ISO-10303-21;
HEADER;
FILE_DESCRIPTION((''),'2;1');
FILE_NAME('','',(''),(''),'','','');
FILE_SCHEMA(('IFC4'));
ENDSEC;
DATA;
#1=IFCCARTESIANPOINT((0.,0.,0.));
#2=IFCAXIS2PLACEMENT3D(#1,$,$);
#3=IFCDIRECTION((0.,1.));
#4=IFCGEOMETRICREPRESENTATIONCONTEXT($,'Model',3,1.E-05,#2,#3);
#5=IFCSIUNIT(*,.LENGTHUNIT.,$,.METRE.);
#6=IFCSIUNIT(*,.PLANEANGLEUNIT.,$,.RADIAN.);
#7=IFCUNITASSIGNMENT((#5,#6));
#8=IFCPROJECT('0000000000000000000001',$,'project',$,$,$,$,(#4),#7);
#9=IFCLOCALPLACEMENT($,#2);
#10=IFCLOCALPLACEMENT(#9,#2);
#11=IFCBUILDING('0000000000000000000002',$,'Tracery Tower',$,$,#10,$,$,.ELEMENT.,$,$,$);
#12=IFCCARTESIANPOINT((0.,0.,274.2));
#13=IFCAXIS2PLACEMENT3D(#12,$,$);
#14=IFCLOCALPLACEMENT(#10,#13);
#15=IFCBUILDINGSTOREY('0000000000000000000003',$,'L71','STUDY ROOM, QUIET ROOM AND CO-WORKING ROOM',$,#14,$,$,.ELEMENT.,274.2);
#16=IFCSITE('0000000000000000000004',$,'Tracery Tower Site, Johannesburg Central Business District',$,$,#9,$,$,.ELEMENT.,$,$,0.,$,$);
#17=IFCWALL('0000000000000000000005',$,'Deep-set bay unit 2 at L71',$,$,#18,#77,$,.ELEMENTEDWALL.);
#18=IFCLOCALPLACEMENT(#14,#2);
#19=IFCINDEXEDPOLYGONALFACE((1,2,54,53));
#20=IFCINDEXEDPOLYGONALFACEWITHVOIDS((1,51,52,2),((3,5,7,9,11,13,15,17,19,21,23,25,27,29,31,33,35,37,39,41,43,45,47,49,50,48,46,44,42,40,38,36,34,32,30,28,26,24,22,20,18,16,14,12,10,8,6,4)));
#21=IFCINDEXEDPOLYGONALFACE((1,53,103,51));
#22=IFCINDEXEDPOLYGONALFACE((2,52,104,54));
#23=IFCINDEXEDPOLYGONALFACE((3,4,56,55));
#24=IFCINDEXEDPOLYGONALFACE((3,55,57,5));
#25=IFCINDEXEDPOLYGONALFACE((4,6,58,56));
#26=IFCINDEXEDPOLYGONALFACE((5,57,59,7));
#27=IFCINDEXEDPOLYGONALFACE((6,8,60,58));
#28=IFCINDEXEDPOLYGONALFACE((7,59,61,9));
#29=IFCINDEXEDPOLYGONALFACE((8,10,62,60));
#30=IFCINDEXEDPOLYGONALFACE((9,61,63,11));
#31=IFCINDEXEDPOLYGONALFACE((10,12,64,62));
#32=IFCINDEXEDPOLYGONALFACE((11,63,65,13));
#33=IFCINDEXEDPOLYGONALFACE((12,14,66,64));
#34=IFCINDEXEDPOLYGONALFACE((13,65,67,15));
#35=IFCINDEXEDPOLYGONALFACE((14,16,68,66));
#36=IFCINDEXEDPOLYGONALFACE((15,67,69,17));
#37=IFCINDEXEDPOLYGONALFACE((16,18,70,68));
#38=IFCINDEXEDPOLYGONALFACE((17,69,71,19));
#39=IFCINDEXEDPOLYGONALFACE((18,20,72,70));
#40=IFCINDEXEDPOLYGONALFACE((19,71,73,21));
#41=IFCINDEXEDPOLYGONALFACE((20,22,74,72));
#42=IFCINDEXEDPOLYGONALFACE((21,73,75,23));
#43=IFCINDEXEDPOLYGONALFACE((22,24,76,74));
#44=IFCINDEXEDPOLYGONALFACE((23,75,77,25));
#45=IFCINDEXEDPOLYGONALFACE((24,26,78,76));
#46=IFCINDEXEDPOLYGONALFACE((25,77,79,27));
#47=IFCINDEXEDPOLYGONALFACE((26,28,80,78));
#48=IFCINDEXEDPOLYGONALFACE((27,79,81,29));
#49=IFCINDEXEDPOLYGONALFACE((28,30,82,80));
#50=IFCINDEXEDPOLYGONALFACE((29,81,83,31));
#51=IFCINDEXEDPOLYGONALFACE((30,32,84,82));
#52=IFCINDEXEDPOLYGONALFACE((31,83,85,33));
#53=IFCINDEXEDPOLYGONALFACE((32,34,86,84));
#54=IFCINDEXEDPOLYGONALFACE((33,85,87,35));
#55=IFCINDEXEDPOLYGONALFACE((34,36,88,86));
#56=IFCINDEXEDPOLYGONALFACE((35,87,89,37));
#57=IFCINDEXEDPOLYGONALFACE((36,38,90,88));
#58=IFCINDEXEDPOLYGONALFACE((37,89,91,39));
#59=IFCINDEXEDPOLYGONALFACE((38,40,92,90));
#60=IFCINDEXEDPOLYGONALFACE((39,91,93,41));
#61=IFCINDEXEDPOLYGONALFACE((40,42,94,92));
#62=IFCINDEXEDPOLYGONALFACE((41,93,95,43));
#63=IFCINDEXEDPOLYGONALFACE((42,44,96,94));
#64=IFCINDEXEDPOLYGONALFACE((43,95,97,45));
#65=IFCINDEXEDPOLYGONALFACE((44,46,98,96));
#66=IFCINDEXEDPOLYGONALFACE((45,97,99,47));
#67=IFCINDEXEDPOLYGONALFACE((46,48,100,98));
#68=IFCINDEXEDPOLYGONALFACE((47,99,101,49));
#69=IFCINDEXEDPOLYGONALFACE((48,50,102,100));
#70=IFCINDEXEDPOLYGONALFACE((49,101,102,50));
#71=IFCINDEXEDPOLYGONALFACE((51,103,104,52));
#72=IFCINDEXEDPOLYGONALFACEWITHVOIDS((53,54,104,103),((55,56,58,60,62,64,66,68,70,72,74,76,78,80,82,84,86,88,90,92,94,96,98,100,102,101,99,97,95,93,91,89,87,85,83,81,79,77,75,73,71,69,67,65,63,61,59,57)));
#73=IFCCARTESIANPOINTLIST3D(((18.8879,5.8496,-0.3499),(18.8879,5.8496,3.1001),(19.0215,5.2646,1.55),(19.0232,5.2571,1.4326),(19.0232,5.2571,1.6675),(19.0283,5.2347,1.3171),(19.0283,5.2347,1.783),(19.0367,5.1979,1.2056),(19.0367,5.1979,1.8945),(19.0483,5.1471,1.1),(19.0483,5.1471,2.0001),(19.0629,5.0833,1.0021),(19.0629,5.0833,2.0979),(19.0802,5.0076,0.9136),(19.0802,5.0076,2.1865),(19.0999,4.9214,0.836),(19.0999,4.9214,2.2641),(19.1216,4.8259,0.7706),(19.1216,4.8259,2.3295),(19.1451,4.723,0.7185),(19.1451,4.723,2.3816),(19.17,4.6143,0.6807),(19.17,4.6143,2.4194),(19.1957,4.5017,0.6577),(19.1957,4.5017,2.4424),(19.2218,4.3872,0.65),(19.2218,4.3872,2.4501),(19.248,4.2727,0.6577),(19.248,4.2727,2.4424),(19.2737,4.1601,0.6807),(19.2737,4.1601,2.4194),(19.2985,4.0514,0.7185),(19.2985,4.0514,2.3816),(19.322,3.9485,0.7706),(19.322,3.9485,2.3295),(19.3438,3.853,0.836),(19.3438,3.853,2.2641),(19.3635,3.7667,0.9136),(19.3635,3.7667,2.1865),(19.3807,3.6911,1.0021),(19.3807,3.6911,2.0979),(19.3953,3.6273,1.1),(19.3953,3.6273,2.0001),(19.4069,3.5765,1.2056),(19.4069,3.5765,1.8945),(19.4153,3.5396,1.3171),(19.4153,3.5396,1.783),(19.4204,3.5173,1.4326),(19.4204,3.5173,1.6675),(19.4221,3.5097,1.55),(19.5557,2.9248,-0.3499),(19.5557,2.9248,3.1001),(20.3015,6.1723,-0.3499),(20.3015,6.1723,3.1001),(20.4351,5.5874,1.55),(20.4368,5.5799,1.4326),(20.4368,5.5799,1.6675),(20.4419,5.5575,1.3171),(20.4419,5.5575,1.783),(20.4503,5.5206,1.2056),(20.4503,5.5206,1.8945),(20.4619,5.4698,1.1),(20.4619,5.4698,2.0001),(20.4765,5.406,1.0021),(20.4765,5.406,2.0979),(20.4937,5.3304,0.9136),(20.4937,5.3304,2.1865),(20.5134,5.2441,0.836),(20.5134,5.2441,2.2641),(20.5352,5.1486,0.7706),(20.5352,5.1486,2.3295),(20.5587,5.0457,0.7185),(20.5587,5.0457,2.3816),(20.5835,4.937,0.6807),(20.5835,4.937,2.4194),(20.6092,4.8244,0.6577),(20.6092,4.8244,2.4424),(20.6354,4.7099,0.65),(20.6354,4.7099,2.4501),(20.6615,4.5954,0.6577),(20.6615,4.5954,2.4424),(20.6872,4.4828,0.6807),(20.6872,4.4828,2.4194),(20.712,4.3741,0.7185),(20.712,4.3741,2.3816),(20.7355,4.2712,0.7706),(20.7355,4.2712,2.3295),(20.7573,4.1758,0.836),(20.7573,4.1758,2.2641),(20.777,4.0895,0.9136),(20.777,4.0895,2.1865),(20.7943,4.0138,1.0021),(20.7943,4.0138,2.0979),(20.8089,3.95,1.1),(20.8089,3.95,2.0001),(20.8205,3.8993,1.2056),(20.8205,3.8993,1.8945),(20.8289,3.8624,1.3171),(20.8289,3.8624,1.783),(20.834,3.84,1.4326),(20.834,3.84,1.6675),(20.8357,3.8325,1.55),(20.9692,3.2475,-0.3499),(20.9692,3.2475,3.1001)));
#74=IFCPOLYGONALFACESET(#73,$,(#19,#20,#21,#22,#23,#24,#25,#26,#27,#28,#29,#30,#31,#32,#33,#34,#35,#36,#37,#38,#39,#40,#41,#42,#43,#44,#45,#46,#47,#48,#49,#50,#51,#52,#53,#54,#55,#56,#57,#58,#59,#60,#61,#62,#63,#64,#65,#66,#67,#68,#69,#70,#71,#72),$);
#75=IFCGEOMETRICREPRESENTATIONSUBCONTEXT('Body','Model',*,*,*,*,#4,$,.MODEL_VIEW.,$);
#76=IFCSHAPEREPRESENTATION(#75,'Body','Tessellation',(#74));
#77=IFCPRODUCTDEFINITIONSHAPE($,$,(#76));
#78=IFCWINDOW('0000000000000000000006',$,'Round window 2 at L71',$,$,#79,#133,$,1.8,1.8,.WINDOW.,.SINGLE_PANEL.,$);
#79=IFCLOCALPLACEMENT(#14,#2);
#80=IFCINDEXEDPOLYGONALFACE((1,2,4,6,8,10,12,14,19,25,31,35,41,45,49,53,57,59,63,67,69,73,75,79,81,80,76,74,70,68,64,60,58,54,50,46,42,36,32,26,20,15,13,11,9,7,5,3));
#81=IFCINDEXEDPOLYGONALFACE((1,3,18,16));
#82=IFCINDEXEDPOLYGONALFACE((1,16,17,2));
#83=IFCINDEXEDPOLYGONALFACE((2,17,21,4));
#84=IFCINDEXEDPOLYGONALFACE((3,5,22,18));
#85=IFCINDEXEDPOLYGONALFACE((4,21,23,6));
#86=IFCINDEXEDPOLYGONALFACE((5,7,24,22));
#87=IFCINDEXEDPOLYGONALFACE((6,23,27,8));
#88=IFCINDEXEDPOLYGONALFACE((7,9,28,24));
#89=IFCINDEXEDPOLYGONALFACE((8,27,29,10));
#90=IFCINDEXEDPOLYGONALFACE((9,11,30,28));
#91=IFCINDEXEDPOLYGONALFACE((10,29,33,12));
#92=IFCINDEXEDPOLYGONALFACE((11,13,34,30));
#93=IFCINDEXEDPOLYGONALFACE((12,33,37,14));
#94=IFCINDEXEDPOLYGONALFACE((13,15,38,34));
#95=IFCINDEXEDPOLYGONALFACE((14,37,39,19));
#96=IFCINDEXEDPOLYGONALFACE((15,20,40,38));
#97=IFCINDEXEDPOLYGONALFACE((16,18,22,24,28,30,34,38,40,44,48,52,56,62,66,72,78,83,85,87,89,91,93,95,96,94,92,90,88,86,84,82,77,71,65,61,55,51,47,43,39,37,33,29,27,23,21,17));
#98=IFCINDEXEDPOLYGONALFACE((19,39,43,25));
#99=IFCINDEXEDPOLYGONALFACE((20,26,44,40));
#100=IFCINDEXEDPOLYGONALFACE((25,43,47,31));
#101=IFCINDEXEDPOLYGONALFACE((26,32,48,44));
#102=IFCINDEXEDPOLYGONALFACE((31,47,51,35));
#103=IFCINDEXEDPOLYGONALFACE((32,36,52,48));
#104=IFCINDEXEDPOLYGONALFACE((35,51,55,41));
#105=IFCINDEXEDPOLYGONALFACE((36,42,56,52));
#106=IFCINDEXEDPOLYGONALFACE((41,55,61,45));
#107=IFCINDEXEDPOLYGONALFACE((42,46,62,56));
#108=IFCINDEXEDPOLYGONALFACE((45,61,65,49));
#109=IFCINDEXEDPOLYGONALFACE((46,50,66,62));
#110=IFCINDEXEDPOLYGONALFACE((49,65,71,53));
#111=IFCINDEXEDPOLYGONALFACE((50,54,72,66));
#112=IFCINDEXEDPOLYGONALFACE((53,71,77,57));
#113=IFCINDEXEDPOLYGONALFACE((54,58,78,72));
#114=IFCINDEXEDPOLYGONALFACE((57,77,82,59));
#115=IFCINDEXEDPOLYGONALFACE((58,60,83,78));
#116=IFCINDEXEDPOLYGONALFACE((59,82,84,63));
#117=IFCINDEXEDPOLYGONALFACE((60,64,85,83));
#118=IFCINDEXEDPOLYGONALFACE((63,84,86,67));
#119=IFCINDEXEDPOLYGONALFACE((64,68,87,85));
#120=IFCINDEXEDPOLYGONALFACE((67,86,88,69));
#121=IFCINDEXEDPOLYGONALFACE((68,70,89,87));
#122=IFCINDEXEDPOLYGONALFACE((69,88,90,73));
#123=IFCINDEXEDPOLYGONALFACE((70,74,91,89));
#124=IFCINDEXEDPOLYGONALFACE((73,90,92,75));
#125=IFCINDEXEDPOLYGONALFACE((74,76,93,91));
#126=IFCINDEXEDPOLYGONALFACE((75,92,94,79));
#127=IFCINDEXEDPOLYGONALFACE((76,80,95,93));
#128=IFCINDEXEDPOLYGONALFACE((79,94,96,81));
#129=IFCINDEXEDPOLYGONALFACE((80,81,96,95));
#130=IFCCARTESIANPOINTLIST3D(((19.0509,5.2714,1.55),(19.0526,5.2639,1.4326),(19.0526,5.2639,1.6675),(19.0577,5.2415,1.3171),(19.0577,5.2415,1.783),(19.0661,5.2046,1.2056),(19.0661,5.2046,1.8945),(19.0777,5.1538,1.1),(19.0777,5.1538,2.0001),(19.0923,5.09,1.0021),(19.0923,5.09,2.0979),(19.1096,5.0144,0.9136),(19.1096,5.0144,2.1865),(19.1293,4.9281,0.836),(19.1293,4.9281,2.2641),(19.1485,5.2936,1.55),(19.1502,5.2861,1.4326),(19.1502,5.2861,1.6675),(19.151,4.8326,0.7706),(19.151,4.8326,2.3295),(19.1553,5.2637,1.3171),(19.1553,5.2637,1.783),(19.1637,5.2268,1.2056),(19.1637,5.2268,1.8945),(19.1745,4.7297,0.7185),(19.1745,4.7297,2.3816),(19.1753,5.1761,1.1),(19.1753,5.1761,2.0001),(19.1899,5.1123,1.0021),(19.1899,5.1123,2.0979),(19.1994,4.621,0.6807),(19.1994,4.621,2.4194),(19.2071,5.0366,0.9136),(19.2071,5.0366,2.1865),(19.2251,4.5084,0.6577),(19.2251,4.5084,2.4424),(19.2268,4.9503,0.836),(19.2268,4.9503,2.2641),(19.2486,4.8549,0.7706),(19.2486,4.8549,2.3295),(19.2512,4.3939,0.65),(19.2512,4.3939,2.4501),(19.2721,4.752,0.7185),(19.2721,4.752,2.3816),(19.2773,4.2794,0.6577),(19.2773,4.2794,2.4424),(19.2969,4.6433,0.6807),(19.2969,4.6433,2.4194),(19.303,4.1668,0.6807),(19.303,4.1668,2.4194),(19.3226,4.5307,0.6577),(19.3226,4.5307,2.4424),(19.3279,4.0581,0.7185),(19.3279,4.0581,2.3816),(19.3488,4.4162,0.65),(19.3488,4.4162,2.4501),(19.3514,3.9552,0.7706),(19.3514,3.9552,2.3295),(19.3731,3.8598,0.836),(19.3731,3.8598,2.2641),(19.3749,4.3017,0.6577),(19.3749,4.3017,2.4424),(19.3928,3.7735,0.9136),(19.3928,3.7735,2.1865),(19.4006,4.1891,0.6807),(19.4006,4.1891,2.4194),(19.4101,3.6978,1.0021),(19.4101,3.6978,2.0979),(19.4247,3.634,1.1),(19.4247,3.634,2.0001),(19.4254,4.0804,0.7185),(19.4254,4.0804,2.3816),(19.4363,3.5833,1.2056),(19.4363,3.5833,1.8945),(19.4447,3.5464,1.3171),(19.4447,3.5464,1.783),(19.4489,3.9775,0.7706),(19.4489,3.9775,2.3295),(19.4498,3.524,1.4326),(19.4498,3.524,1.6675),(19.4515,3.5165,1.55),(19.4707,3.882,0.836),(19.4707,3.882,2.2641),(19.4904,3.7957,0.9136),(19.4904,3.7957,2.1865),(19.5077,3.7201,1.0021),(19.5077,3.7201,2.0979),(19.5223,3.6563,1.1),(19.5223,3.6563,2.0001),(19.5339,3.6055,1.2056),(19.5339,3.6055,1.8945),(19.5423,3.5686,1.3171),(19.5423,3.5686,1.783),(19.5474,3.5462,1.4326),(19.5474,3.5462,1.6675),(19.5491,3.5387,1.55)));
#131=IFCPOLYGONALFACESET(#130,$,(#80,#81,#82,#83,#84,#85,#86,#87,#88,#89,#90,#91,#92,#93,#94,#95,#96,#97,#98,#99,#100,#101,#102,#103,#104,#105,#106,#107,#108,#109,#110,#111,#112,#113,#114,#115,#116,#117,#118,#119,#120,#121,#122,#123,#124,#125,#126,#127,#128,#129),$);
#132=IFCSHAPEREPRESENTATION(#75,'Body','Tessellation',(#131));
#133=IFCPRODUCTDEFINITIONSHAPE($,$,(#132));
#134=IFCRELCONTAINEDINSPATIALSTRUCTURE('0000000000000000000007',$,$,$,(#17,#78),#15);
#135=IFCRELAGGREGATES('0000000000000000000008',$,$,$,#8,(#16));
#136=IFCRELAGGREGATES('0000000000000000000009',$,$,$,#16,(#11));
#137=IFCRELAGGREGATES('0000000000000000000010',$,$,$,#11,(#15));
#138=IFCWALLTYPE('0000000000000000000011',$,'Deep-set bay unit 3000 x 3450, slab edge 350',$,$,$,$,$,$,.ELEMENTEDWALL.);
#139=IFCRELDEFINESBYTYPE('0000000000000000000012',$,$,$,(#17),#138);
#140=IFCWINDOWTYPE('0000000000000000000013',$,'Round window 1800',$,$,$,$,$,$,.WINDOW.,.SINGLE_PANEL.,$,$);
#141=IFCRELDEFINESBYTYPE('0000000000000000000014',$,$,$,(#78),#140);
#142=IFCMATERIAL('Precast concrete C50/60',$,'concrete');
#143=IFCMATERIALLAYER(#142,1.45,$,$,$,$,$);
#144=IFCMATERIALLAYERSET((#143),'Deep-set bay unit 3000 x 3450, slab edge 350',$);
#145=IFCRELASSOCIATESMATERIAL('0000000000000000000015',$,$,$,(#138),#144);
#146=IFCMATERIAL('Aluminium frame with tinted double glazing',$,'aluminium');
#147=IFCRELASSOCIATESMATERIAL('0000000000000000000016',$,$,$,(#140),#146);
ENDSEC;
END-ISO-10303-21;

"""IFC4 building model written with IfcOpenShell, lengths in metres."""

from ifc_helpers import new_model, si_unit, direction, frame, frame_2d, origin, origin_2d, place, context, subcontext, project, spatial, rectangle, circle, extrude, material, layer, layer_set, type_object, element, fill, save


model = new_model("IFC4")

# Units and contexts
model_context = context("Model", 3, precision=1e-05, world=origin(), true_north=direction((0.0, 1.0)))
body_context = subcontext(model_context, "Body", "Model", "MODEL_VIEW")
ifc_project = project(units=[si_unit("LENGTHUNIT", "METRE"), si_unit("PLANEANGLEUNIT", "RADIAN")], contexts=[model_context])

# Site, building, storey
site_placement = place(None, origin())
site = spatial("IfcSite", under=ifc_project, at=site_placement, Name="Tracery Tower Site, Johannesburg Central Business District", CompositionType="ELEMENT", RefElevation=0.0)
building_placement = place(site_placement, origin())
building = spatial("IfcBuilding", under=site, at=building_placement, Name="Tracery Tower", CompositionType="ELEMENT")
storey_placement = place(building_placement, frame((0.0, 0.0, 274.2)))
storey = spatial("IfcBuildingStorey", under=building, at=storey_placement, Name="L71", Description="STUDY ROOM, QUIET ROOM AND CO-WORKING ROOM", CompositionType="ELEMENT", Elevation=274.2)

# Wall, opening, window
ifc_material_1 = material(Name="Precast concrete C50/60", Category="concrete")
ifc_layer_1 = layer(ifc_material_1, 1.45)
ifc_layer_set_1 = layer_set([ifc_layer_1], Name="Deep-set bay unit 3000 x 3450, slab edge 350")
wall_type_1 = type_object("IfcWallType", Name="Deep-set bay unit 3000 x 3450, slab edge 350", PredefinedType="ELEMENTEDWALL", material=ifc_layer_set_1)
wall_1_placement = place(storey_placement, frame((20.2625, 3.0862, -0.3499), z_axis=(0.0, 0.0, 1.0), x_axis=(-0.222571, 0.974917, 0.0)))
wall_1 = element("IfcWall", 1, at=wall_1_placement, inside=storey, type_object=wall_type_1, Name="Deep-set bay unit 2 at L71", PredefinedType="ELEMENTEDWALL", context=body_context, shape_type="SweptSolid", body=[
    extrude(rectangle(XDim=3.0, YDim=1.45, at=frame_2d((1.5, 0.0))), origin(), (0.0, 0.0, 1.0), 3.45),
])
opening_1_placement = place(wall_1_placement, frame((1.5, 0.0, 1.8999)))
opening_1 = element("IfcOpeningElement", 2, at=opening_1_placement, cuts=wall_1, PredefinedType="OPENING", context=body_context, shape_type="SweptSolid", body=[
    extrude(circle(Radius=0.9, at=origin_2d()), frame((0.0, 0.7349, 0.0), z_axis=(0.0, -1.0, 0.0), x_axis=(1.0, 0.0, 0.0)), (0.0, 0.0, 1.0), 1.47),
])
ifc_material_2 = material(Name="Aluminium frame with tinted double glazing", Category="aluminium")
window_type = type_object("IfcWindowType", Name="Round window 1800", PartitioningType="SINGLE_PANEL", PredefinedType="WINDOW", material=ifc_material_2)
window_1_placement = place(opening_1_placement, origin())
window_1 = element("IfcWindow", 3, at=window_1_placement, inside=storey, type_object=window_type, Name="Round window 2 at L71", OverallHeight=1.8, OverallWidth=1.8, PartitioningType="SINGLE_PANEL", PredefinedType="WINDOW", context=body_context, shape_type="SweptSolid", body=[
    extrude(circle(Radius=0.9, at=origin_2d()), frame((0.0, 0.6948, 0.0), z_axis=(0.0, -1.0, 0.0), x_axis=(1.0, 0.0, 0.0)), (0.0, 0.0, 1.0), 0.1001),
])
fill(opening_1, window_1)

save(model, "model.ifc")
